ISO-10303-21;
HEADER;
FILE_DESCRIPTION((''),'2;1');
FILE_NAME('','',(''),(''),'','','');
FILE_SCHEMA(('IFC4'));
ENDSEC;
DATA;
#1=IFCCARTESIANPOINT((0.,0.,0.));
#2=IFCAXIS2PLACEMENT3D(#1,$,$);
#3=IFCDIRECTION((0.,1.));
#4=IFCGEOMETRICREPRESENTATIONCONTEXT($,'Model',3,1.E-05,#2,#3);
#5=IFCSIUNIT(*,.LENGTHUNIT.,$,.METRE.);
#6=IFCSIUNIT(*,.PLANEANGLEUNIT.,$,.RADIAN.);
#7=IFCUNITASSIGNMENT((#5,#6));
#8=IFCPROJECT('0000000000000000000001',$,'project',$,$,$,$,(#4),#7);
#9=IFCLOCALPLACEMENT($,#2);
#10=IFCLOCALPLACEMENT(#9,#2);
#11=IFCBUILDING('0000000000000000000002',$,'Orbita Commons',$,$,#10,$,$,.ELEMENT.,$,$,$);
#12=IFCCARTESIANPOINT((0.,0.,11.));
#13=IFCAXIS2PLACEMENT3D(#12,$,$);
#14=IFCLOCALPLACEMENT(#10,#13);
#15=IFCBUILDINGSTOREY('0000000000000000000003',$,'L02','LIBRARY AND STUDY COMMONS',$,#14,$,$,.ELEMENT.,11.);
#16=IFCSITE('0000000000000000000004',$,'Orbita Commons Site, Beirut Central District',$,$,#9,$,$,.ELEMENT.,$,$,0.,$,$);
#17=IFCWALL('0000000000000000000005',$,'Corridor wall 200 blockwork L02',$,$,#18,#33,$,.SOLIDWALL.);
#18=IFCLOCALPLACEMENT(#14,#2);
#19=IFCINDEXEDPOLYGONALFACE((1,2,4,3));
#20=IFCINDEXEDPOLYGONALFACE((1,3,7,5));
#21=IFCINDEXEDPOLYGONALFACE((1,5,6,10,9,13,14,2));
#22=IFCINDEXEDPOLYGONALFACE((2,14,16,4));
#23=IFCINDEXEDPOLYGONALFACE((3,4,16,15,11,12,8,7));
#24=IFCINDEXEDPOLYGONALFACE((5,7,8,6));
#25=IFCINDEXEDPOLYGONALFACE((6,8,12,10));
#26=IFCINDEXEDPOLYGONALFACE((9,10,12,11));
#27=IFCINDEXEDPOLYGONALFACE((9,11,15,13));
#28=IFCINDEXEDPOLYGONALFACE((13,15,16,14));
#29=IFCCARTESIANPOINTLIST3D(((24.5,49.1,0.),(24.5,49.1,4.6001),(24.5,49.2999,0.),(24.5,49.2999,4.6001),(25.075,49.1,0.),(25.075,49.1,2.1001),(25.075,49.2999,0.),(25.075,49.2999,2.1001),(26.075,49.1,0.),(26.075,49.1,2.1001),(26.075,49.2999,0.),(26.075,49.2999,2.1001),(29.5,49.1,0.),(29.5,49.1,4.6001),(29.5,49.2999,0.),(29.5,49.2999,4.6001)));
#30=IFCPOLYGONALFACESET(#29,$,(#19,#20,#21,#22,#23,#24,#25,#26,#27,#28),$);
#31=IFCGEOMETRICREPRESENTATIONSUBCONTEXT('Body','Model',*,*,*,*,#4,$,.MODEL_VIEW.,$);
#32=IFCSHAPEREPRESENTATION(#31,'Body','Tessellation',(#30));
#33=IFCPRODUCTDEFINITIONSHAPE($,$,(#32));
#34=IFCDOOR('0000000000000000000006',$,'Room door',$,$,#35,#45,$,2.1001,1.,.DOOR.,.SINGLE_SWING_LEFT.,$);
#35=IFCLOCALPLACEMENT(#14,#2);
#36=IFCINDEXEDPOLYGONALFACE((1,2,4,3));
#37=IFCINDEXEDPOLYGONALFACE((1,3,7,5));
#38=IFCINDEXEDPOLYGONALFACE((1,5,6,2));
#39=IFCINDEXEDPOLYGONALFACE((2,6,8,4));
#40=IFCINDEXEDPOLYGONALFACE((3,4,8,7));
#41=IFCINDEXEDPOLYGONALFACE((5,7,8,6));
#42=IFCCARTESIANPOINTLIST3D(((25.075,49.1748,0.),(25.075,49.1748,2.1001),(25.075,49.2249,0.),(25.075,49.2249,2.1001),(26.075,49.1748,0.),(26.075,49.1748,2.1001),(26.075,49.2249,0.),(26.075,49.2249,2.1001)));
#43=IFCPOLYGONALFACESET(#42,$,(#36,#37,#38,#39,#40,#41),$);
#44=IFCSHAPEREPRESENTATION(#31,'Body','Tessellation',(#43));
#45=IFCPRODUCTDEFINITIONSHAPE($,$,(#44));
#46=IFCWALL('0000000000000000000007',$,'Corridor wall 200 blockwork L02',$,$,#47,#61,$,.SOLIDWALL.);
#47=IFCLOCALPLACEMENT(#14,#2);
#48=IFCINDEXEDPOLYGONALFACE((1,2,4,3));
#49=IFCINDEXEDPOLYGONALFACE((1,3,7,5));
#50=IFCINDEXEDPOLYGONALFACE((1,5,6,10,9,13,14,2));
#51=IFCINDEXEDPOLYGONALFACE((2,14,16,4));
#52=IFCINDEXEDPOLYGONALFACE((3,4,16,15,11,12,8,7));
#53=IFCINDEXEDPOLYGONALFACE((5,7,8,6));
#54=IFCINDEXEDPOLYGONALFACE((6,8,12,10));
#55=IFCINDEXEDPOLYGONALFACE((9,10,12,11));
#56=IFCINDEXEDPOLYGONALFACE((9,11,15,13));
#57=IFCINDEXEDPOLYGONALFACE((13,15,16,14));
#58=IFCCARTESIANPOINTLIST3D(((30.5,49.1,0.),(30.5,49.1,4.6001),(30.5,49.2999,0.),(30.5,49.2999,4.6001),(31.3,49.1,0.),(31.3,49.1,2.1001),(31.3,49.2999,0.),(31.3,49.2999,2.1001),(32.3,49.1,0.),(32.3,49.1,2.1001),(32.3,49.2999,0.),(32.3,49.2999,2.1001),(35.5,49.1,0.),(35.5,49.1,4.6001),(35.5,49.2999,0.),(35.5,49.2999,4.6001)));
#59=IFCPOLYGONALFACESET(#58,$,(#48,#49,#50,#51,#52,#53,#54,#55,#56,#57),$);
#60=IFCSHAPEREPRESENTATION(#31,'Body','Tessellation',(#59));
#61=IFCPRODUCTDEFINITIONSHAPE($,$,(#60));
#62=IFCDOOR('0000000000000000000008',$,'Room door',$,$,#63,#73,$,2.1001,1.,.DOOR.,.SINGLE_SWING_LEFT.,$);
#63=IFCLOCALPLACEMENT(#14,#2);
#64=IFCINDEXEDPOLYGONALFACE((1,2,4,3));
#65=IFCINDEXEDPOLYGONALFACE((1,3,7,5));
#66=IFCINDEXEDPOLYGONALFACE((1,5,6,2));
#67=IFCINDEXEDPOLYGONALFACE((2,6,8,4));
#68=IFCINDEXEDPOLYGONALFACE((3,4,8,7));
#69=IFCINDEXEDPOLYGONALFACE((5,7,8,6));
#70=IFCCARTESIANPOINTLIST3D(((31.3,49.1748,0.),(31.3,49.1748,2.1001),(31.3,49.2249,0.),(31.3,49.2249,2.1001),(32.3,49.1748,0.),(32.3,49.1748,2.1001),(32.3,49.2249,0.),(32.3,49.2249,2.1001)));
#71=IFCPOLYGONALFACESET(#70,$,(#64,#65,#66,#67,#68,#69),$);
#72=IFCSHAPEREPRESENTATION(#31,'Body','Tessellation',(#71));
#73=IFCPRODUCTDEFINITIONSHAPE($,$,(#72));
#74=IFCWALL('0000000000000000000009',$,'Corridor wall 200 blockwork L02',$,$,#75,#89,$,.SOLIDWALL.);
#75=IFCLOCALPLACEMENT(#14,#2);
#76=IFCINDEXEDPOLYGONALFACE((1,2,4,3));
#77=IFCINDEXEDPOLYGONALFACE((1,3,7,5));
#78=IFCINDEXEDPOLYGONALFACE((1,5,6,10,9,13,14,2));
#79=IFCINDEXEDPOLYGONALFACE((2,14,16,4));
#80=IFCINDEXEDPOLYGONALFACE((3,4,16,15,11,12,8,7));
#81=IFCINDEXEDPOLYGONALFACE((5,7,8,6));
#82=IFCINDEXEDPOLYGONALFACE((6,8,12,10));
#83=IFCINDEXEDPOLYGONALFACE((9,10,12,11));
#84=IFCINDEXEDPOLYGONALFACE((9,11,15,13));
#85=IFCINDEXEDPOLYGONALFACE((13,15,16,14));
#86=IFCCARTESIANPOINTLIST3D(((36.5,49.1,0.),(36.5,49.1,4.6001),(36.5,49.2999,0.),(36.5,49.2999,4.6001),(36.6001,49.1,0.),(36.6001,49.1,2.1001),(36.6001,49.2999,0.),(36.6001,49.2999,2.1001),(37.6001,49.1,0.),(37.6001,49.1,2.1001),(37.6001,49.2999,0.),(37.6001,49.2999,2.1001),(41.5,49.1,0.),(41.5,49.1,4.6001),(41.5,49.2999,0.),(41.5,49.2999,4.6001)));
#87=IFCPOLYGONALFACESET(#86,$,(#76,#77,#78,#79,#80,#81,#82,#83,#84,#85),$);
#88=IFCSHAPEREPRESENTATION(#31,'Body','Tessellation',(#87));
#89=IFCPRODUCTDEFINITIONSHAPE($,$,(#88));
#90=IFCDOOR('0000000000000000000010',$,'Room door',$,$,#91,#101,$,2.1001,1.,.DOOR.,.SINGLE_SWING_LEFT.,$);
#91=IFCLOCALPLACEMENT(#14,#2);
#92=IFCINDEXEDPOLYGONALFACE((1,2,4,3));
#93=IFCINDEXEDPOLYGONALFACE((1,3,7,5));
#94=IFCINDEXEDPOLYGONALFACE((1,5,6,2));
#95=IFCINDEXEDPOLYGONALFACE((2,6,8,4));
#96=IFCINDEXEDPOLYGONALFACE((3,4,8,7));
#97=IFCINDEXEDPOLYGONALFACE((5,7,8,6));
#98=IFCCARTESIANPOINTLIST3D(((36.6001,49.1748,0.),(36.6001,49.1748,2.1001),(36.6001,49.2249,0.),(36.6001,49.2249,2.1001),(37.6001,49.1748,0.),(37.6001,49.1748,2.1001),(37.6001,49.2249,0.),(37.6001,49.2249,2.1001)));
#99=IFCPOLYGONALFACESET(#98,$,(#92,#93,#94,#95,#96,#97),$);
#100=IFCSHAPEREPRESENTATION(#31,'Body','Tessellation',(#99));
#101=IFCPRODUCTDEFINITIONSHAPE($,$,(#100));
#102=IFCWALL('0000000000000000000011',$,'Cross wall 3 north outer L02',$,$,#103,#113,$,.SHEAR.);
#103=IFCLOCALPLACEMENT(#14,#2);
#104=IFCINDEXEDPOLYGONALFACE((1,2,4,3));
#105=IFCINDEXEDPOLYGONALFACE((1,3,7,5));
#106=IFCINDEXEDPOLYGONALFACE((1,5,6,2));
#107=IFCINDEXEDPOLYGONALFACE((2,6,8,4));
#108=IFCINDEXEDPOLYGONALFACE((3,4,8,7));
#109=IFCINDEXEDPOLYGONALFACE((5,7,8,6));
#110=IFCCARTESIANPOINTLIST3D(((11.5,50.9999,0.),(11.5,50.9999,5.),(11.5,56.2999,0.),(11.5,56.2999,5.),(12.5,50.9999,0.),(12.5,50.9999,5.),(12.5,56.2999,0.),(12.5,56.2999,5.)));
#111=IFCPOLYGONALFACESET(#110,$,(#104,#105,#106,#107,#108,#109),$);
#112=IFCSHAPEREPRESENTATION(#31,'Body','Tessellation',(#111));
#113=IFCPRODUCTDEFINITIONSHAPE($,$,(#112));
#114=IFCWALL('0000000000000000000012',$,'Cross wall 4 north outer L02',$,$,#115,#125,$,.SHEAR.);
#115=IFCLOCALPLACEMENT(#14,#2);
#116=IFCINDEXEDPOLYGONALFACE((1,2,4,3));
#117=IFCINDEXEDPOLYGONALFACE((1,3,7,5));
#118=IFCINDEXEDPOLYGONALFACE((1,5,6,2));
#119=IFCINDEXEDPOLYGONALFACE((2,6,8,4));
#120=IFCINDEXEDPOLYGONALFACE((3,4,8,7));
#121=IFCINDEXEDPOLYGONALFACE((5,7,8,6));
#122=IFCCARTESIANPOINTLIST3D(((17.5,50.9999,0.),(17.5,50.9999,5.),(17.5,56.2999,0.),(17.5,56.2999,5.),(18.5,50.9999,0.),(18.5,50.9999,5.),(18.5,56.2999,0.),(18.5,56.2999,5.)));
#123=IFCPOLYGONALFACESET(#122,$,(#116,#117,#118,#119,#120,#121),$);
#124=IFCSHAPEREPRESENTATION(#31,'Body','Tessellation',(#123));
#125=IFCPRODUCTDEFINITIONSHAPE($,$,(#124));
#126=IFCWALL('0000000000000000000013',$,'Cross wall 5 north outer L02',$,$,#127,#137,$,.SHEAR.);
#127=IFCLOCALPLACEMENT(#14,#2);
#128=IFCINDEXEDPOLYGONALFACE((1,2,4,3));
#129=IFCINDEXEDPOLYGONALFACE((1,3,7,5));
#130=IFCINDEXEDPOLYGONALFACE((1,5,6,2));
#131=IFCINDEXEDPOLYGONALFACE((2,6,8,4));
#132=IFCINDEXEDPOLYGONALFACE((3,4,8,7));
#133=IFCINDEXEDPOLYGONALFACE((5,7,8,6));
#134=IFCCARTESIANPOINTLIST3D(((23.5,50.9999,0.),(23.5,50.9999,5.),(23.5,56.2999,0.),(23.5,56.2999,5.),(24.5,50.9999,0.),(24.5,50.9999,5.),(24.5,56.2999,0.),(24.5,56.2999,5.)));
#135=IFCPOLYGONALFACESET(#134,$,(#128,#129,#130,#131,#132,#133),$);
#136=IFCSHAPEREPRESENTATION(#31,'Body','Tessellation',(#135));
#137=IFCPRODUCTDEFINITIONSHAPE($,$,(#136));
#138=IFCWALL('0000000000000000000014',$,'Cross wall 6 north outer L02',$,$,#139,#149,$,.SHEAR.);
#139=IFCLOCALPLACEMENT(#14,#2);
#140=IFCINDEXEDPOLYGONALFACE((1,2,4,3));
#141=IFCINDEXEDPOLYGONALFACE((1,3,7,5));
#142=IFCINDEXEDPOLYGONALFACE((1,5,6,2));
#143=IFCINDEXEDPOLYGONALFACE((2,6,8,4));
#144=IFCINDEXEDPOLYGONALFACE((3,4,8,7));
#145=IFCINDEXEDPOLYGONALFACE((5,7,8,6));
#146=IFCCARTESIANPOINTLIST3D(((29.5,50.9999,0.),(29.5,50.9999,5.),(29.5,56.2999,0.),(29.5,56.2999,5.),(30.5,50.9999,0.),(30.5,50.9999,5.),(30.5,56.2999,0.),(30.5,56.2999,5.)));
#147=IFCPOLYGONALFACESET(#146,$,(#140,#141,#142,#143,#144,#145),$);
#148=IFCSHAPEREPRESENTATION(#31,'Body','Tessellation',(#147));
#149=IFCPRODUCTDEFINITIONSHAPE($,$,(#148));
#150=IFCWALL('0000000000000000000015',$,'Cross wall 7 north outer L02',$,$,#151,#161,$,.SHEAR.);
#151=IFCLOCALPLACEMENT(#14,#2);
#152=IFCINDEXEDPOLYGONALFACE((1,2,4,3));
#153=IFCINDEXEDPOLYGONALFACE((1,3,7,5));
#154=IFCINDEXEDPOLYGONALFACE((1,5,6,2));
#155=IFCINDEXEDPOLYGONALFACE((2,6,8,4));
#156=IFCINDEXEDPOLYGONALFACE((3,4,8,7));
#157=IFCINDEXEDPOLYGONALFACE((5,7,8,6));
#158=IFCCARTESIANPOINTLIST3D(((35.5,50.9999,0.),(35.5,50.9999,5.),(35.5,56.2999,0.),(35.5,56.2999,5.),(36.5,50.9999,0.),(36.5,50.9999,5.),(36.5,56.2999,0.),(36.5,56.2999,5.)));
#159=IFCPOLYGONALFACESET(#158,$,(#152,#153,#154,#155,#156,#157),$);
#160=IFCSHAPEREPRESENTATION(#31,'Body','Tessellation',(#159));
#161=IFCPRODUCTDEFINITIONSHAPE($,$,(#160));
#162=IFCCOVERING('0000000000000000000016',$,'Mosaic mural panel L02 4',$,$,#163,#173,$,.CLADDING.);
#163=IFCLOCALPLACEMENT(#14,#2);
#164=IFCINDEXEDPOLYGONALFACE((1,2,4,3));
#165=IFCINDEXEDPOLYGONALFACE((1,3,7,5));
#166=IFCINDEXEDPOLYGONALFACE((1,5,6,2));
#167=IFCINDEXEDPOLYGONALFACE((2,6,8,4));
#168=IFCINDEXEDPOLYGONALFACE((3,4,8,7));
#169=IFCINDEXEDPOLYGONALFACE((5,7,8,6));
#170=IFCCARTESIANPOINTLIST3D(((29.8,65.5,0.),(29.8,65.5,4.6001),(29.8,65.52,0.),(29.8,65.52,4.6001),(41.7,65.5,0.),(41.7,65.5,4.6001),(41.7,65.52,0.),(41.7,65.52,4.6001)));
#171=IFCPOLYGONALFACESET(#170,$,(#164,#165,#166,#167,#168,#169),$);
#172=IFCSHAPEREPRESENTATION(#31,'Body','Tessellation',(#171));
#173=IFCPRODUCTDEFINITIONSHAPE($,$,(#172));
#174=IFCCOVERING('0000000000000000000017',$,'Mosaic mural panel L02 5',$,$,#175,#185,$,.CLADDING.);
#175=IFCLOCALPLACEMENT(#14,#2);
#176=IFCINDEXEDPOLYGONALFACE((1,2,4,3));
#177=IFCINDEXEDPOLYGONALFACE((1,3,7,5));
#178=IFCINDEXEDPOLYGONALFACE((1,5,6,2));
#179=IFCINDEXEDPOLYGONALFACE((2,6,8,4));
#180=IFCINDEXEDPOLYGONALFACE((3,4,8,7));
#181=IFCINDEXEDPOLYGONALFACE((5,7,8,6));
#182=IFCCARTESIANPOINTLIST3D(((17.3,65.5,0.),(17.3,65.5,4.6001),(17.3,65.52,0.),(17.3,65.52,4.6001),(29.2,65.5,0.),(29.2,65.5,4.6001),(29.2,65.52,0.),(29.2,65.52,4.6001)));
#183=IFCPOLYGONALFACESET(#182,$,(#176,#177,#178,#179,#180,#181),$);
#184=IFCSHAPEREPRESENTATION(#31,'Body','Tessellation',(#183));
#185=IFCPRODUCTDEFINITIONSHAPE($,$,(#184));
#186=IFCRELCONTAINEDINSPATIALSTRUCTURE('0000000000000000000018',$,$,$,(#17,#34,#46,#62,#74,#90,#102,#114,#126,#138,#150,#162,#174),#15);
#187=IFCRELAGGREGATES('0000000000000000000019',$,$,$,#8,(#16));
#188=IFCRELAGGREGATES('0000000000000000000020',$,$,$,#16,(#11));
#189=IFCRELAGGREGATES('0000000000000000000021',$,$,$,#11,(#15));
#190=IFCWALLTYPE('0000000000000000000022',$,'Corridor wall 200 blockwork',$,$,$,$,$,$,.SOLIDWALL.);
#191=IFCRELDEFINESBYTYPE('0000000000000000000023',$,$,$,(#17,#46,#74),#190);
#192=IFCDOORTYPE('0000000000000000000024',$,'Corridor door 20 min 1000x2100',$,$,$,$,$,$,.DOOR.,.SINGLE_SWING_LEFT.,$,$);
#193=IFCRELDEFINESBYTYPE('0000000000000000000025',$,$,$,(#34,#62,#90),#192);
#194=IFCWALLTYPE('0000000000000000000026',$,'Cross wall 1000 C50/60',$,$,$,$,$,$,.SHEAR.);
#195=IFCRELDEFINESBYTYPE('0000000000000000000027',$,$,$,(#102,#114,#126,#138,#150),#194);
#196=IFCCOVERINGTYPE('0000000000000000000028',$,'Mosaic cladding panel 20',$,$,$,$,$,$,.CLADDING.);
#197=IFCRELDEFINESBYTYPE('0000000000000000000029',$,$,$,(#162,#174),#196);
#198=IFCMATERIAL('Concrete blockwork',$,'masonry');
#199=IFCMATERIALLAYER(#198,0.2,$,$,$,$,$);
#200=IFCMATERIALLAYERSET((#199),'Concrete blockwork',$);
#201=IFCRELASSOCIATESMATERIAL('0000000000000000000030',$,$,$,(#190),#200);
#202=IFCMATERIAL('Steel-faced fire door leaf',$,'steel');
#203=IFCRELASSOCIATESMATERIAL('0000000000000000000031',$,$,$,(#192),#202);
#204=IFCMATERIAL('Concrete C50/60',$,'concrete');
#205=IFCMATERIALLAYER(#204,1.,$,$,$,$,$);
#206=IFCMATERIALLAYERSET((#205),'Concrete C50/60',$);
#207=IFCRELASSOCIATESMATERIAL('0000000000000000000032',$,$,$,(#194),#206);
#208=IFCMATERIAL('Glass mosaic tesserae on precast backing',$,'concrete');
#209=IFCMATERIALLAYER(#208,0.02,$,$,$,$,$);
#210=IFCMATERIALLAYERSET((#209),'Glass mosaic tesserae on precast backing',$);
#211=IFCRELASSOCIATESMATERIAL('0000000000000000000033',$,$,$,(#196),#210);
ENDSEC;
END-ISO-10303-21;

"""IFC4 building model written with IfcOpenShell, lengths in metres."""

from ifc_helpers import new_model, si_unit, direction, frame, frame_2d, origin, origin_2d, place, context, subcontext, project, spatial, rectangle, extrude, material, layer, layer_set, type_object, element, fill, save


model = new_model("IFC4")

# Units and contexts
model_context = context("Model", 3, precision=1e-05, world=origin(), true_north=direction((0.0, 1.0)))
body_context = subcontext(model_context, "Body", "Model", "MODEL_VIEW")
ifc_project = project(units=[si_unit("LENGTHUNIT", "METRE"), si_unit("PLANEANGLEUNIT", "RADIAN")], contexts=[model_context])

# Site, building, storey
site_placement = place(None, origin())
site = spatial("IfcSite", under=ifc_project, at=site_placement, Name="Orbita Commons Site, Beirut Central District", CompositionType="ELEMENT", RefElevation=0.0)
building_placement = place(site_placement, origin())
building = spatial("IfcBuilding", under=site, at=building_placement, Name="Orbita Commons", CompositionType="ELEMENT")
storey_placement = place(building_placement, frame((0.0, 0.0, 11.0)))
storey = spatial("IfcBuildingStorey", under=building, at=storey_placement, Name="L02", Description="LIBRARY AND STUDY COMMONS", CompositionType="ELEMENT", Elevation=11.0)

# Shared definitions
ifc_material_1 = material(Name="Concrete blockwork", Category="masonry")
ifc_layer_1 = layer(ifc_material_1, 0.2)
ifc_layer_set_1 = layer_set([ifc_layer_1], Name="Concrete blockwork")
wall_type_1 = type_object("IfcWallType", Name="Corridor wall 200 blockwork", PredefinedType="SOLIDWALL", material=ifc_layer_set_1)

# Walls, openings, doors
ifc_material_2 = material(Name="Steel-faced fire door leaf", Category="steel")
door_type_1 = type_object("IfcDoorType", Name="Corridor door 20 min 1000x2100", OperationType="SINGLE_SWING_LEFT", PredefinedType="DOOR", material=ifc_material_2)
wall_1_placement = place(storey_placement, frame((24.5, 49.2, 0.0), z_axis=(0.0, 0.0, 1.0), x_axis=(1.0, 0.0, 0.0)))
wall_1 = element("IfcWall", 1, at=wall_1_placement, inside=storey, type_object=wall_type_1, Name="Corridor wall 200 blockwork L02", PredefinedType="SOLIDWALL", context=body_context, shape_type="SweptSolid", body=[
    extrude(rectangle(XDim=5.0, YDim=0.2, at=frame_2d((2.5, 0.0))), origin(), (0.0, 0.0, 1.0), 4.6001),
])
opening_1_placement = place(wall_1_placement, frame((0.575, 0.0, 0.0)))
opening_1 = element("IfcOpeningElement", 2, at=opening_1_placement, cuts=wall_1, PredefinedType="OPENING", context=body_context, shape_type="SweptSolid", body=[
    extrude(rectangle(XDim=1.0, YDim=2.1001, at=frame_2d((0.5, 1.05))), frame((0.0, 0.1099, 0.0), z_axis=(0.0, -1.0, 0.0), x_axis=(1.0, 0.0, 0.0)), (0.0, 0.0, 1.0), 0.22),
])
door_1_placement = place(opening_1_placement, origin())
door_1 = element("IfcDoor", 3, at=door_1_placement, inside=storey, type_object=door_type_1, Name="Room door", OperationType="SINGLE_SWING_LEFT", OverallHeight=2.1001, OverallWidth=1.0, PredefinedType="DOOR", context=body_context, shape_type="SweptSolid", body=[
    extrude(rectangle(XDim=1.0, YDim=2.1001, at=frame_2d((0.5, 1.05))), frame((0.0, 0.0249, 0.0), z_axis=(0.0, -1.0, 0.0), x_axis=(1.0, 0.0, 0.0)), (0.0, 0.0, 1.0), 0.05),
])
fill(opening_1, door_1)
wall_2_placement = place(storey_placement, frame((30.5, 49.2, 0.0), z_axis=(0.0, 0.0, 1.0), x_axis=(1.0, 0.0, 0.0)))
wall_2 = element("IfcWall", 4, at=wall_2_placement, inside=storey, type_object=wall_type_1, Name="Corridor wall 200 blockwork L02", PredefinedType="SOLIDWALL", context=body_context, shape_type="SweptSolid", body=[
    extrude(rectangle(XDim=5.0, YDim=0.2, at=frame_2d((2.5, 0.0))), origin(), (0.0, 0.0, 1.0), 4.6001),
])
opening_2_placement = place(wall_2_placement, frame((0.8, 0.0, 0.0)))
opening_2 = element("IfcOpeningElement", 5, at=opening_2_placement, cuts=wall_2, PredefinedType="OPENING", context=body_context, shape_type="SweptSolid", body=[
    extrude(rectangle(XDim=1.0, YDim=2.1001, at=frame_2d((0.5, 1.05))), frame((0.0, 0.1099, 0.0), z_axis=(0.0, -1.0, 0.0), x_axis=(1.0, 0.0, 0.0)), (0.0, 0.0, 1.0), 0.22),
])
door_2_placement = place(opening_2_placement, origin())
door_2 = element("IfcDoor", 6, at=door_2_placement, inside=storey, type_object=door_type_1, Name="Room door", OperationType="SINGLE_SWING_LEFT", OverallHeight=2.1001, OverallWidth=1.0, PredefinedType="DOOR", context=body_context, shape_type="SweptSolid", body=[
    extrude(rectangle(XDim=1.0, YDim=2.1001, at=frame_2d((0.5, 1.05))), frame((0.0, 0.0249, 0.0), z_axis=(0.0, -1.0, 0.0), x_axis=(1.0, 0.0, 0.0)), (0.0, 0.0, 1.0), 0.05),
])
fill(opening_2, door_2)
wall_3_placement = place(storey_placement, frame((36.5, 49.2, 0.0), z_axis=(0.0, 0.0, 1.0), x_axis=(1.0, 0.0, 0.0)))
wall_3 = element("IfcWall", 7, at=wall_3_placement, inside=storey, type_object=wall_type_1, Name="Corridor wall 200 blockwork L02", PredefinedType="SOLIDWALL", context=body_context, shape_type="SweptSolid", body=[
    extrude(rectangle(XDim=5.0, YDim=0.2, at=frame_2d((2.5, 0.0))), origin(), (0.0, 0.0, 1.0), 4.6001),
])
opening_3_placement = place(wall_3_placement, frame((0.1001, 0.0, 0.0)))
opening_3 = element("IfcOpeningElement", 8, at=opening_3_placement, cuts=wall_3, PredefinedType="OPENING", context=body_context, shape_type="SweptSolid", body=[
    extrude(rectangle(XDim=1.0, YDim=2.1001, at=frame_2d((0.5, 1.05))), frame((0.0, 0.1099, 0.0), z_axis=(0.0, -1.0, 0.0), x_axis=(1.0, 0.0, 0.0)), (0.0, 0.0, 1.0), 0.22),
])
door_3_placement = place(opening_3_placement, origin())
door_3 = element("IfcDoor", 9, at=door_3_placement, inside=storey, type_object=door_type_1, Name="Room door", OperationType="SINGLE_SWING_LEFT", OverallHeight=2.1001, OverallWidth=1.0, PredefinedType="DOOR", context=body_context, shape_type="SweptSolid", body=[
    extrude(rectangle(XDim=1.0, YDim=2.1001, at=frame_2d((0.5, 1.05))), frame((0.0, 0.0249, 0.0), z_axis=(0.0, -1.0, 0.0), x_axis=(1.0, 0.0, 0.0)), (0.0, 0.0, 1.0), 0.05),
])
fill(opening_3, door_3)

# Walls
ifc_material_3 = material(Name="Concrete C50/60", Category="concrete")
ifc_layer_2 = layer(ifc_material_3, 1.0)
ifc_layer_set_2 = layer_set([ifc_layer_2], Name="Concrete C50/60")
wall_type_2 = type_object("IfcWallType", Name="Cross wall 1000 C50/60", PredefinedType="SHEAR", material=ifc_layer_set_2)
for number, where, z_axis, x_axis, name in (
    (10, (12.0, 51.0, 0.0), (0.0, 0.0, 1.0), (0.0, 1.0, 0.0), "Cross wall 3 north outer L02"),
    (11, (18.0, 51.0, 0.0), (0.0, 0.0, 1.0), (0.0, 1.0, 0.0), "Cross wall 4 north outer L02"),
    (12, (24.0, 51.0, 0.0), (0.0, 0.0, 1.0), (0.0, 1.0, 0.0), "Cross wall 5 north outer L02"),
    (13, (30.0, 51.0, 0.0), (0.0, 0.0, 1.0), (0.0, 1.0, 0.0), "Cross wall 6 north outer L02"),
    (14, (36.0, 51.0, 0.0), (0.0, 0.0, 1.0), (0.0, 1.0, 0.0), "Cross wall 7 north outer L02"),
):
    element("IfcWall", number, at=place(storey_placement, frame(where, z_axis=z_axis, x_axis=x_axis)), inside=storey, type_object=wall_type_2, Name=name, PredefinedType="SHEAR", context=body_context, shape_type="SweptSolid", body=[
        extrude(rectangle(XDim=5.3, YDim=1.0, at=frame_2d((2.6499, 0.0))), origin(), (0.0, 0.0, 1.0), 5.0),
    ])

# Coverings
ifc_material_4 = material(Name="Glass mosaic tesserae on precast backing", Category="concrete")
ifc_layer_3 = layer(ifc_material_4, 0.02)
ifc_layer_set_3 = layer_set([ifc_layer_3], Name="Glass mosaic tesserae on precast backing")
covering_type = type_object("IfcCoveringType", Name="Mosaic cladding panel 20", PredefinedType="CLADDING", material=ifc_layer_set_3)
for number, where, z_axis, x_axis, name in (
    (15, (35.75, 65.51, 0.0), (0.0, 0.0, 1.0), (1.0, 0.0, 0.0), "Mosaic mural panel L02 4"),
    (16, (23.25, 65.51, 0.0), (0.0, 0.0, 1.0), (1.0, 0.0, 0.0), "Mosaic mural panel L02 5"),
):
    element("IfcCovering", number, at=place(storey_placement, frame(where, z_axis=z_axis, x_axis=x_axis)), inside=storey, type_object=covering_type, Name=name, PredefinedType="CLADDING", context=body_context, shape_type="SweptSolid", body=[
        extrude(rectangle(XDim=11.8999, YDim=0.02, at=origin_2d()), origin(), (0.0, 0.0, 1.0), 4.6001),
    ])

save(model, "model.ifc")
